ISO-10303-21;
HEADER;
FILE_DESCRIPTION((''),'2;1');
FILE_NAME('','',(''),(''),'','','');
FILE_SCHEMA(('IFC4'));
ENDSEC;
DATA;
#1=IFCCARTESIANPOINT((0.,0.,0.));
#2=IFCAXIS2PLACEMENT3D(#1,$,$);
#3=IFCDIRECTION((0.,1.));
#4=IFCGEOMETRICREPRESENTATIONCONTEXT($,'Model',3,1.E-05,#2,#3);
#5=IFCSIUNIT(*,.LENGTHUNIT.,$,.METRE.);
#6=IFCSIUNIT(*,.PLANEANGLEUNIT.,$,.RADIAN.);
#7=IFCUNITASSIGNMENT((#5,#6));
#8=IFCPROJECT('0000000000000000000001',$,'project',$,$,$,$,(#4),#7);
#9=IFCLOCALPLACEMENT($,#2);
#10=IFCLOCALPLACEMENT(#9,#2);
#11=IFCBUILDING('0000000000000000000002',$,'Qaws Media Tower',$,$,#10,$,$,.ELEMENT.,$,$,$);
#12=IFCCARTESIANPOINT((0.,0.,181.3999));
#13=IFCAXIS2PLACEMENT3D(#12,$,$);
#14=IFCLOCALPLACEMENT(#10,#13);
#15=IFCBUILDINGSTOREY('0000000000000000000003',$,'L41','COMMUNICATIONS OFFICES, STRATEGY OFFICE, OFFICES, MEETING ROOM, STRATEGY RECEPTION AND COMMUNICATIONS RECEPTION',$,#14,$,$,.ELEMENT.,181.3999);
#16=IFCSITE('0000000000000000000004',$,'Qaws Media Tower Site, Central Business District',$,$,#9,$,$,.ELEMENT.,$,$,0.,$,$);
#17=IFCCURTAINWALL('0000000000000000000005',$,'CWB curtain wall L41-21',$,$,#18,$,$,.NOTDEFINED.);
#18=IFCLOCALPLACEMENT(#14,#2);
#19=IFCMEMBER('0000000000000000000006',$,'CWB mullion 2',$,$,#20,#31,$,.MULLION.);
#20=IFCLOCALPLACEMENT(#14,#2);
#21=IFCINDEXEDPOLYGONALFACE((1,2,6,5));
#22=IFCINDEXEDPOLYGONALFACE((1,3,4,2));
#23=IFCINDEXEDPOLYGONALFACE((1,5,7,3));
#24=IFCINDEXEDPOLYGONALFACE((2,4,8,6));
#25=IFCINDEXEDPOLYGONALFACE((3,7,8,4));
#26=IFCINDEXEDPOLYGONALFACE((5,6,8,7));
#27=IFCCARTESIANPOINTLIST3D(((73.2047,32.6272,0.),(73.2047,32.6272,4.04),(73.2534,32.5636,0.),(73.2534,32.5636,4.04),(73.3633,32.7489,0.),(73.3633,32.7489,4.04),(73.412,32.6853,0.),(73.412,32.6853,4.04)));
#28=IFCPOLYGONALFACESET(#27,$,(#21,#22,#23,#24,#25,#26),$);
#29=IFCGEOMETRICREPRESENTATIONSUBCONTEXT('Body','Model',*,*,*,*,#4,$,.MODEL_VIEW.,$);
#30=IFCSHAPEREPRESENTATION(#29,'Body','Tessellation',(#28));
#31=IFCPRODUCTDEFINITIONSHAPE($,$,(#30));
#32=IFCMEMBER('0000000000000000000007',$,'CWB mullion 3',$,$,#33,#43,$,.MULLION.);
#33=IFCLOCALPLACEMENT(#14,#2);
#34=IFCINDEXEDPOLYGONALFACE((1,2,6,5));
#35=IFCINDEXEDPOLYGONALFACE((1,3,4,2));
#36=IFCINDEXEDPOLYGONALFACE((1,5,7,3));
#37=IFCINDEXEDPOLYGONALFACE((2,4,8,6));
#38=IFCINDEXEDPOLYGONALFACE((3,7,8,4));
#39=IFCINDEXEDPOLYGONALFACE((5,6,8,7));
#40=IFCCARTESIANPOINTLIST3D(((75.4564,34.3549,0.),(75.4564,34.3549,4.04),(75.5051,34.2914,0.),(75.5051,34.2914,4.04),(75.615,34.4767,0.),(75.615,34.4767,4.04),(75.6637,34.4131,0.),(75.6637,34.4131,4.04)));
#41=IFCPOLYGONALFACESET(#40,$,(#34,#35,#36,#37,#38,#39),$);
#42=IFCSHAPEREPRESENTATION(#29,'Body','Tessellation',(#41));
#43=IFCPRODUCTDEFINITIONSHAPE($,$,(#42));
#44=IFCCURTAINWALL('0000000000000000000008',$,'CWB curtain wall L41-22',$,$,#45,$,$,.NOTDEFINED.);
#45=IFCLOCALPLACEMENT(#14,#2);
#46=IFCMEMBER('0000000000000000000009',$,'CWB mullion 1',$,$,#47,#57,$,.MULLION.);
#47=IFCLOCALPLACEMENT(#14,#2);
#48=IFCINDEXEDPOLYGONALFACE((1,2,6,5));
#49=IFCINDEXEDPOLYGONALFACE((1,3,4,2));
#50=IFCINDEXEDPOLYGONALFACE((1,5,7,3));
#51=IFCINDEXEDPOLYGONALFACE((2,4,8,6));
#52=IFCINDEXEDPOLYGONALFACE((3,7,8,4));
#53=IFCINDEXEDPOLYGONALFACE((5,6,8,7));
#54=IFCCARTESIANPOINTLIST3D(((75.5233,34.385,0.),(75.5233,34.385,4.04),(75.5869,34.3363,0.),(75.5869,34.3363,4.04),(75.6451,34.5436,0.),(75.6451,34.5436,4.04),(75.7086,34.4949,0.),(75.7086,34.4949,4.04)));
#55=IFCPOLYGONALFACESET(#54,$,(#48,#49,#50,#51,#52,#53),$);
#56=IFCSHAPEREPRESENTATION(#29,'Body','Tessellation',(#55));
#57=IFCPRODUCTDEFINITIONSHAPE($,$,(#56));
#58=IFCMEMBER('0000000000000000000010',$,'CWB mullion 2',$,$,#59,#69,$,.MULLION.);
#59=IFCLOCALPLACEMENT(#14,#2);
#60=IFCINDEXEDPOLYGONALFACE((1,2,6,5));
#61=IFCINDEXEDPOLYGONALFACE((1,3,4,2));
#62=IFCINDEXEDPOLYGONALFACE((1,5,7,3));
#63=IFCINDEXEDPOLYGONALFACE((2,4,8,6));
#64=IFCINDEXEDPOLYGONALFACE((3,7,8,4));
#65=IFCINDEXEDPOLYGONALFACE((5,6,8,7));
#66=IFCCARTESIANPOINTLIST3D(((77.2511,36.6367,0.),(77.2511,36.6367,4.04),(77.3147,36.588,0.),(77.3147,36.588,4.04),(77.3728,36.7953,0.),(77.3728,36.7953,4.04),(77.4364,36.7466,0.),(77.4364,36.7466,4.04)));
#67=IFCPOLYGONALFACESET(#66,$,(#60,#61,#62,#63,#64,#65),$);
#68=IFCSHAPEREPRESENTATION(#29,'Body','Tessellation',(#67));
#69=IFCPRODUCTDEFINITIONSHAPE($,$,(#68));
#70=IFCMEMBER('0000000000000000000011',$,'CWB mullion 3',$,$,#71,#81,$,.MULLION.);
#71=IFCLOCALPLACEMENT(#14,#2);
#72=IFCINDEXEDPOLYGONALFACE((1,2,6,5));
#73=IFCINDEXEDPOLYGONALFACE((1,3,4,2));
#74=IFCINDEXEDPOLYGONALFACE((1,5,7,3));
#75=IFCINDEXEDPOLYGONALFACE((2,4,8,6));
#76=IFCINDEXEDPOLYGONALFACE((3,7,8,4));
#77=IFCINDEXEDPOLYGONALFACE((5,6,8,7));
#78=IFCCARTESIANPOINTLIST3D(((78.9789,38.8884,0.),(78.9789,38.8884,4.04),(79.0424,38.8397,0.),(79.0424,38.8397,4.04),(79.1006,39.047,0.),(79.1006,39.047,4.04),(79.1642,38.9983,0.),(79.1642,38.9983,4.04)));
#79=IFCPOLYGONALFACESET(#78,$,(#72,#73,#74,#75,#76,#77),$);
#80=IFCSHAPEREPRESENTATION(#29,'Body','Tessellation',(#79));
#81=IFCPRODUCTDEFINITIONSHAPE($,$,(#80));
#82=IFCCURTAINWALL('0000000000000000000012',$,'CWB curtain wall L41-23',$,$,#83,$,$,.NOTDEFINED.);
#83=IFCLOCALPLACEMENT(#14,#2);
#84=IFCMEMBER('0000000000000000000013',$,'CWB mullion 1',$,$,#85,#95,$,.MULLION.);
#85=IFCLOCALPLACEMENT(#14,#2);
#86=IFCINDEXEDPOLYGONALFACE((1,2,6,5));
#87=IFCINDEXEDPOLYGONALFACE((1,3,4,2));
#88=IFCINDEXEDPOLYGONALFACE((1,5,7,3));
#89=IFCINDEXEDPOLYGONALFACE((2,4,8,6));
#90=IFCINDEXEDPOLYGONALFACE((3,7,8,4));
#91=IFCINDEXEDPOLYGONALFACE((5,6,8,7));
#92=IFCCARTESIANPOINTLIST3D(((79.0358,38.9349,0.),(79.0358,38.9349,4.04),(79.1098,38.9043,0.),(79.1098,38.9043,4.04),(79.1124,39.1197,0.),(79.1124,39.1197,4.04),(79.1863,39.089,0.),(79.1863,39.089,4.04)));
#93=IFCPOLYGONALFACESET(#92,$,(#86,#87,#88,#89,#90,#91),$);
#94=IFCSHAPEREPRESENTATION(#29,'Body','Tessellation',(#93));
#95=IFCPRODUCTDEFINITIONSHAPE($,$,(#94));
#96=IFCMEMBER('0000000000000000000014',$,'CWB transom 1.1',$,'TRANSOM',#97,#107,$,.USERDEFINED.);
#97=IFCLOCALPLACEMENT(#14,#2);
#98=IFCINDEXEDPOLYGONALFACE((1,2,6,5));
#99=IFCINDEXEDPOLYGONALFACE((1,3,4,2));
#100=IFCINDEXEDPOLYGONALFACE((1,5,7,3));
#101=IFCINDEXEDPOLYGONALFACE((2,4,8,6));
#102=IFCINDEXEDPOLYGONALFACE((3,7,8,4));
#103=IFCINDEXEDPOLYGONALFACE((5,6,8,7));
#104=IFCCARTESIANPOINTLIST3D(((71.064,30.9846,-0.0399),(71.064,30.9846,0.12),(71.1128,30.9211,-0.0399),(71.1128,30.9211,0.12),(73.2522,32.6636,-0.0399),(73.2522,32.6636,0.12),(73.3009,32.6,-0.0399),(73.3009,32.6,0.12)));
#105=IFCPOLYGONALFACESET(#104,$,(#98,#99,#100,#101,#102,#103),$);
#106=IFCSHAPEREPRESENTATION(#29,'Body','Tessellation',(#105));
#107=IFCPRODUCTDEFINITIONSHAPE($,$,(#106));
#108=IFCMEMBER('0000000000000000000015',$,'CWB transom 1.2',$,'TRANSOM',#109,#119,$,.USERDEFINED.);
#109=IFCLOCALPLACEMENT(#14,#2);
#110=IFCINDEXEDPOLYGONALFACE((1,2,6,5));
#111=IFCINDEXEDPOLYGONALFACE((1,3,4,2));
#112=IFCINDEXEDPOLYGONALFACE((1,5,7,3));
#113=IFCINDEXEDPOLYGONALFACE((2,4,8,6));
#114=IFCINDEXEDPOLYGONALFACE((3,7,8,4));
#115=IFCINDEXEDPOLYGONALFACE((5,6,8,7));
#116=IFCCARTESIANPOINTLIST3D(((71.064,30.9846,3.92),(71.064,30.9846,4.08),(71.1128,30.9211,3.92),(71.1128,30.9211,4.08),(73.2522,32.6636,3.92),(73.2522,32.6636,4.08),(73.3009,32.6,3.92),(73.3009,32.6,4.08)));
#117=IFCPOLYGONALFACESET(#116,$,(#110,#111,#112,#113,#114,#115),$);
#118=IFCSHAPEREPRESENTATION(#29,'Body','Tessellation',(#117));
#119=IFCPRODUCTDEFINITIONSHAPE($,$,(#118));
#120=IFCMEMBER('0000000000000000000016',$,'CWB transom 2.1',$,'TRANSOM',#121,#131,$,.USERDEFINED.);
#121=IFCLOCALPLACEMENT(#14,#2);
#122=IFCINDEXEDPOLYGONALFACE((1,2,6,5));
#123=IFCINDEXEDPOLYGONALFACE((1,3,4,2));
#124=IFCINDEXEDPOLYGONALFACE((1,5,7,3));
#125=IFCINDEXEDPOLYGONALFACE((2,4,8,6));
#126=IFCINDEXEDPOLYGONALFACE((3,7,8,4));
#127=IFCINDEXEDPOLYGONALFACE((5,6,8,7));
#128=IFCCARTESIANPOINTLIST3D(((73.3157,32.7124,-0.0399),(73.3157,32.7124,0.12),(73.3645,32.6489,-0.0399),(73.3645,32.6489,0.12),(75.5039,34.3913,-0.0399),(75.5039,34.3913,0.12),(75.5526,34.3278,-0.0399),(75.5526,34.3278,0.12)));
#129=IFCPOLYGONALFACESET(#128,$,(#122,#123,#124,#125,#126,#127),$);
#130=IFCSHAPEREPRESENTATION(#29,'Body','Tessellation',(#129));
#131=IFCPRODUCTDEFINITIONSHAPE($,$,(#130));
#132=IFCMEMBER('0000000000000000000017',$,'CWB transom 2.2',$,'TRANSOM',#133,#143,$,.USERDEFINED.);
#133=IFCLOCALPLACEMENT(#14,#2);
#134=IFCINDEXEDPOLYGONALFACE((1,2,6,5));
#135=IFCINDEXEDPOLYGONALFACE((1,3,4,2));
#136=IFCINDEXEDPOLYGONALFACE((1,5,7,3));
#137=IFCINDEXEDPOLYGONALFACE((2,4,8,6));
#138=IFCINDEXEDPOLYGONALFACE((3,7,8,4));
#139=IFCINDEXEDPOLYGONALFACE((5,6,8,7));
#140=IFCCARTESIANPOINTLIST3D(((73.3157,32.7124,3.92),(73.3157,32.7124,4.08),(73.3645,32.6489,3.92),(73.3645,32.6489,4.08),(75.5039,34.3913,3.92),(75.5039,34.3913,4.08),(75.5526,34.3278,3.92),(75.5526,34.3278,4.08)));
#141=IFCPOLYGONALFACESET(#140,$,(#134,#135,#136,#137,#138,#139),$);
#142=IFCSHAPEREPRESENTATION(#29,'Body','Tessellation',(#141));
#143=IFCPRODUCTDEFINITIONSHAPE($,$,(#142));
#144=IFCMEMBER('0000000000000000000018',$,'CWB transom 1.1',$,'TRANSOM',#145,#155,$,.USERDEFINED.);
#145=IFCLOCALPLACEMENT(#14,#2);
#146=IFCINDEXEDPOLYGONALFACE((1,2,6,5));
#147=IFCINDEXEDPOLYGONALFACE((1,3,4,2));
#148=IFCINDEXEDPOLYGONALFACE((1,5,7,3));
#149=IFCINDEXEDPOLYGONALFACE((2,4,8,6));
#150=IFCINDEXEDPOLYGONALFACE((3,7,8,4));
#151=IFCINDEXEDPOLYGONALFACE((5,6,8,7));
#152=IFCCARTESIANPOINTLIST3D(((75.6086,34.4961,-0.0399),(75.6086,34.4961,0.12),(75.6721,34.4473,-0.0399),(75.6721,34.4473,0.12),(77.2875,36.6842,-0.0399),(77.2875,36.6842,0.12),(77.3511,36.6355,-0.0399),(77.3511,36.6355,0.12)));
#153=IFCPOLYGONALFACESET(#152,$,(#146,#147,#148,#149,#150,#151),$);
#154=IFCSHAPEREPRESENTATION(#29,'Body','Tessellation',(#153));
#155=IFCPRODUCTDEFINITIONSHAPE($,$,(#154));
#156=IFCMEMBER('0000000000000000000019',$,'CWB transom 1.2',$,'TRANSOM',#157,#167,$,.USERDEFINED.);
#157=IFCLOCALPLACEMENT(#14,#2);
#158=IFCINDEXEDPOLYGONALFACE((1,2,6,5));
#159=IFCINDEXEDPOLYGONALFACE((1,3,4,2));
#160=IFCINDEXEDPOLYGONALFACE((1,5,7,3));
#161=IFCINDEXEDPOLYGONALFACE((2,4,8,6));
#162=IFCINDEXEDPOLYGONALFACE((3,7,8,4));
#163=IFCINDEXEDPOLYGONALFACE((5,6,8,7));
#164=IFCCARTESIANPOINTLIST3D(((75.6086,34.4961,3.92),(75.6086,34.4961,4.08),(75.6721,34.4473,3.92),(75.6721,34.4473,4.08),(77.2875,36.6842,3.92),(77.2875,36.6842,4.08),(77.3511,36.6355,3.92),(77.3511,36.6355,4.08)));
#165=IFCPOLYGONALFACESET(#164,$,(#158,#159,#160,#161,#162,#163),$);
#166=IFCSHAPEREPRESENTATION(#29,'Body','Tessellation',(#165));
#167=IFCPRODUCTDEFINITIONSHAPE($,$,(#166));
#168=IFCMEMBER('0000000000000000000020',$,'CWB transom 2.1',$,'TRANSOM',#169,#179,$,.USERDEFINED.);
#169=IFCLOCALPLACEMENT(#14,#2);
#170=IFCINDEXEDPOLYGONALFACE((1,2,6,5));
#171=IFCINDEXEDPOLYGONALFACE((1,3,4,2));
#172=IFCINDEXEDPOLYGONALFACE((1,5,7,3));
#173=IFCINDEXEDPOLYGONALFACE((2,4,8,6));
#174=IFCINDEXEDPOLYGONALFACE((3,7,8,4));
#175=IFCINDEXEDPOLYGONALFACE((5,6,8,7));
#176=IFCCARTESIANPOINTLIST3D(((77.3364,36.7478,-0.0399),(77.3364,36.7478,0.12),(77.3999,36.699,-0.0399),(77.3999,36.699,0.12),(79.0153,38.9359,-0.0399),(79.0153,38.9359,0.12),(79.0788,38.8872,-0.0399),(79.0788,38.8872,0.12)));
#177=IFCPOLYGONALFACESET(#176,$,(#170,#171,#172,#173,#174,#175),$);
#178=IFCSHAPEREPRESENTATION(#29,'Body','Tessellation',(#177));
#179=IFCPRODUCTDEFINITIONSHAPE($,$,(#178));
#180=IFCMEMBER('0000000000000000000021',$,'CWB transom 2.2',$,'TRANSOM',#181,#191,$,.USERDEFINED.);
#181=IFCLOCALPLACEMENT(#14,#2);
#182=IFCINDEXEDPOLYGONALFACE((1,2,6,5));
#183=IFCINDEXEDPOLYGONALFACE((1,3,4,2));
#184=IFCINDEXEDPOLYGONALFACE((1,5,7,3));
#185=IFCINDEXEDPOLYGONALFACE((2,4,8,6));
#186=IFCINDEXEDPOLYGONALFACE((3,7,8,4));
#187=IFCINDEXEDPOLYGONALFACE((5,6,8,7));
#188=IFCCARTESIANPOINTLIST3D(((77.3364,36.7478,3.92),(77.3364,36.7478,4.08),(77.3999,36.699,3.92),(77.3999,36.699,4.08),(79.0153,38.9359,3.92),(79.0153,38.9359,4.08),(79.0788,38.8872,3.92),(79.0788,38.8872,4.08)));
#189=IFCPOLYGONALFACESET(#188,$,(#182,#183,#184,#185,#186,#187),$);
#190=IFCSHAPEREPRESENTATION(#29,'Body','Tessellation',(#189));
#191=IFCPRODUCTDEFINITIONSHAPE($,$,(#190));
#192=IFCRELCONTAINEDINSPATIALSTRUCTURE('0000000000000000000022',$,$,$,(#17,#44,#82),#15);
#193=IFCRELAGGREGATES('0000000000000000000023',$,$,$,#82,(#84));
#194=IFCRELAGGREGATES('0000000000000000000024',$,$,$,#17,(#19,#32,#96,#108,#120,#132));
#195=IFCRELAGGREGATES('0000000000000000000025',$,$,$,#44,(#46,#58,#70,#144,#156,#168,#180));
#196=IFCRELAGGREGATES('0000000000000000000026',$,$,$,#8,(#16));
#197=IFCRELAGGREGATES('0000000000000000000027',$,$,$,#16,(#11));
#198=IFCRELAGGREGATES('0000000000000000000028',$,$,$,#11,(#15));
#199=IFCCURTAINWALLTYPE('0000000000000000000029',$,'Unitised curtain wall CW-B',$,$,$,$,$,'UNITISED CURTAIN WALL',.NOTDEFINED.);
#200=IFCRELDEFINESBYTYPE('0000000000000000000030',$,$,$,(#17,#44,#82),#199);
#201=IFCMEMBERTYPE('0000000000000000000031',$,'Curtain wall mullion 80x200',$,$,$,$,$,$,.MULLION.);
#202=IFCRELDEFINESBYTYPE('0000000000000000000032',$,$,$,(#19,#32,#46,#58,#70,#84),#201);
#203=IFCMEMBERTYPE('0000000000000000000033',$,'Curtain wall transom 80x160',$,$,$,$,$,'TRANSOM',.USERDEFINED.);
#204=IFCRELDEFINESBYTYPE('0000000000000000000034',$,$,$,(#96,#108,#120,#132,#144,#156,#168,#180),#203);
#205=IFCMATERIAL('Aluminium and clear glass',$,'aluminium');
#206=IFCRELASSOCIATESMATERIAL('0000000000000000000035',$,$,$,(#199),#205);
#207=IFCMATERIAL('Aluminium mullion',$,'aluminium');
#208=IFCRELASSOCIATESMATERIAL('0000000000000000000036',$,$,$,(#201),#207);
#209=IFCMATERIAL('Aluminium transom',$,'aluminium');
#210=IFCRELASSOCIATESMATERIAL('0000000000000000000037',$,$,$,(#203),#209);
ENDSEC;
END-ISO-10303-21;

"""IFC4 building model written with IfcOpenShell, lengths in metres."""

from ifc_helpers import new_model, si_unit, direction, frame, origin, origin_2d, place, context, subcontext, project, spatial, rectangle, extrude, material, material_profile, profile_set, type_object, element, aggregate, save


model = new_model("IFC4")

# Units and contexts
model_context = context("Model", 3, precision=1e-05, world=origin(), true_north=direction((0.0, 1.0)))
body_context = subcontext(model_context, "Body", "Model", "MODEL_VIEW")
ifc_project = project(units=[si_unit("LENGTHUNIT", "METRE"), si_unit("PLANEANGLEUNIT", "RADIAN")], contexts=[model_context])

# Site, building, storey
site_placement = place(None, origin())
site = spatial("IfcSite", under=ifc_project, at=site_placement, Name="Qaws Media Tower Site, Central Business District", CompositionType="ELEMENT", RefElevation=0.0)
building_placement = place(site_placement, origin())
building = spatial("IfcBuilding", under=site, at=building_placement, Name="Qaws Media Tower", CompositionType="ELEMENT")
storey_placement = place(building_placement, frame((0.0, 0.0, 181.3999)))
storey = spatial("IfcBuildingStorey", under=building, at=storey_placement, Name="L41", Description="COMMUNICATIONS OFFICES, STRATEGY OFFICE, OFFICES, MEETING ROOM, STRATEGY RECEPTION AND COMMUNICATIONS RECEPTION", CompositionType="ELEMENT", Elevation=181.3999)

# Curtain walls, members
ifc_material_1 = material(Name="Aluminium and clear glass", Category="aluminium")
curtain_wall_type = type_object("IfcCurtainWallType", Name="Unitised curtain wall CW-B", ElementType="UNITISED CURTAIN WALL", PredefinedType="NOTDEFINED", material=ifc_material_1)
curtain_wall_1_placement = place(storey_placement, origin())
curtain_wall_1 = element("IfcCurtainWall", 1, at=curtain_wall_1_placement, inside=storey, type_object=curtain_wall_type, Name="CWB curtain wall L41-21", PredefinedType="NOTDEFINED")
ifc_material_2 = material(Name="Aluminium mullion", Category="aluminium")
ifc_material_profile_1 = material_profile(ifc_material_2, rectangle(XDim=0.0801, YDim=0.2, at=origin_2d()), Name="80x200")
ifc_profile_set_1 = profile_set([ifc_material_profile_1], Name="Aluminium mullion")
member_type_1 = type_object("IfcMemberType", Name="Curtain wall mullion 80x200", PredefinedType="MULLION", material=ifc_profile_set_1)
member_1_placement = place(storey_placement, frame((73.3083, 32.6562, 0.0), z_axis=(0.0, 0.0, 1.0), x_axis=(-0.608761, 0.793353, 0.0)))
member_1 = element("IfcMember", 2, at=member_1_placement, type_object=member_type_1, Name="CWB mullion 2", PredefinedType="MULLION", context=body_context, shape_type="SweptSolid", body=[
    extrude(rectangle(XDim=0.0801, YDim=0.2, at=origin_2d()), origin(), (0.0, 0.0, 1.0), 4.04),
])
member_2_placement = place(storey_placement, frame((75.5601, 34.384, 0.0), z_axis=(0.0, 0.0, 1.0), x_axis=(-0.608761, 0.793353, 0.0)))
member_2 = element("IfcMember", 3, at=member_2_placement, type_object=member_type_1, Name="CWB mullion 3", PredefinedType="MULLION", context=body_context, shape_type="SweptSolid", body=[
    extrude(rectangle(XDim=0.0801, YDim=0.2, at=origin_2d()), origin(), (0.0, 0.0, 1.0), 4.04),
])
curtain_wall_2_placement = place(storey_placement, origin())
curtain_wall_2 = element("IfcCurtainWall", 4, at=curtain_wall_2_placement, inside=storey, type_object=curtain_wall_type, Name="CWB curtain wall L41-22", PredefinedType="NOTDEFINED")
member_3_placement = place(storey_placement, frame((75.616, 34.4399, 0.0), z_axis=(0.0, 0.0, 1.0), x_axis=(-0.793353, 0.608761, 0.0)))
member_3 = element("IfcMember", 5, at=member_3_placement, type_object=member_type_1, Name="CWB mullion 1", PredefinedType="MULLION", context=body_context, shape_type="SweptSolid", body=[
    extrude(rectangle(XDim=0.0801, YDim=0.2, at=origin_2d()), origin(), (0.0, 0.0, 1.0), 4.04),
])
member_4_placement = place(storey_placement, frame((77.3438, 36.6917, 0.0), z_axis=(0.0, 0.0, 1.0), x_axis=(-0.793353, 0.608761, 0.0)))
member_4 = element("IfcMember", 6, at=member_4_placement, type_object=member_type_1, Name="CWB mullion 2", PredefinedType="MULLION", context=body_context, shape_type="SweptSolid", body=[
    extrude(rectangle(XDim=0.0801, YDim=0.2, at=origin_2d()), origin(), (0.0, 0.0, 1.0), 4.04),
])
member_5_placement = place(storey_placement, frame((79.0715, 38.9434, 0.0), z_axis=(0.0, 0.0, 1.0), x_axis=(-0.793353, 0.608761, 0.0)))
member_5 = element("IfcMember", 7, at=member_5_placement, type_object=member_type_1, Name="CWB mullion 3", PredefinedType="MULLION", context=body_context, shape_type="SweptSolid", body=[
    extrude(rectangle(XDim=0.0801, YDim=0.2, at=origin_2d()), origin(), (0.0, 0.0, 1.0), 4.04),
])

# Curtain wall, member
curtain_wall_3_placement = place(storey_placement, origin())
curtain_wall_3 = element("IfcCurtainWall", 8, at=curtain_wall_3_placement, inside=storey, type_object=curtain_wall_type, Name="CWB curtain wall L41-23", PredefinedType="NOTDEFINED")
member_6_placement = place(storey_placement, frame((79.1111, 39.012, 0.0), z_axis=(0.0, 0.0, 1.0), x_axis=(-0.92388, 0.382683, 0.0)))
member_6 = element("IfcMember", 9, at=member_6_placement, type_object=member_type_1, Name="CWB mullion 1", PredefinedType="MULLION", context=body_context, shape_type="SweptSolid", body=[
    extrude(rectangle(XDim=0.0801, YDim=0.2, at=origin_2d()), origin(), (0.0, 0.0, 1.0), 4.04),
])

# Members
ifc_material_3 = material(Name="Aluminium transom", Category="aluminium")
ifc_material_profile_2 = material_profile(ifc_material_3, rectangle(XDim=0.0801, YDim=0.1599, at=origin_2d()), Name="80x160")
ifc_profile_set_2 = profile_set([ifc_material_profile_2], Name="Aluminium transom")
member_type_2 = type_object("IfcMemberType", Name="Curtain wall transom 80x160", ElementType="TRANSOM", PredefinedType="USERDEFINED", material=ifc_profile_set_2)
member_7_placement = place(storey_placement, frame((71.0884, 30.9529, 0.04), z_axis=(0.793377, 0.608731, 0.0), x_axis=(-0.608731, 0.793377, 0.0)))
member_7 = element("IfcMember", 10, at=member_7_placement, type_object=member_type_2, Name="CWB transom 1.1", ObjectType="TRANSOM", PredefinedType="USERDEFINED", context=body_context, shape_type="SweptSolid", body=[
    extrude(rectangle(XDim=0.0801, YDim=0.1599, at=origin_2d()), origin(), (0.0, 0.0, 1.0), 2.7581),
])
member_8_placement = place(storey_placement, frame((71.0884, 30.9529, 4.0), z_axis=(0.793377, 0.608731, 0.0), x_axis=(-0.608731, 0.793377, 0.0)))
member_8 = element("IfcMember", 11, at=member_8_placement, type_object=member_type_2, Name="CWB transom 1.2", ObjectType="TRANSOM", PredefinedType="USERDEFINED", context=body_context, shape_type="SweptSolid", body=[
    extrude(rectangle(XDim=0.0801, YDim=0.1599, at=origin_2d()), origin(), (0.0, 0.0, 1.0), 2.7581),
])
member_9_placement = place(storey_placement, frame((73.3401, 32.6807, 0.04), z_axis=(0.793377, 0.608731, 0.0), x_axis=(-0.608731, 0.793377, 0.0)))
member_9 = element("IfcMember", 12, at=member_9_placement, type_object=member_type_2, Name="CWB transom 2.1", ObjectType="TRANSOM", PredefinedType="USERDEFINED", context=body_context, shape_type="SweptSolid", body=[
    extrude(rectangle(XDim=0.0801, YDim=0.1599, at=origin_2d()), origin(), (0.0, 0.0, 1.0), 2.7581),
])
member_10_placement = place(storey_placement, frame((73.3401, 32.6807, 4.0), z_axis=(0.793377, 0.608731, 0.0), x_axis=(-0.608731, 0.793377, 0.0)))
member_10 = element("IfcMember", 13, at=member_10_placement, type_object=member_type_2, Name="CWB transom 2.2", ObjectType="TRANSOM", PredefinedType="USERDEFINED", context=body_context, shape_type="SweptSolid", body=[
    extrude(rectangle(XDim=0.0801, YDim=0.1599, at=origin_2d()), origin(), (0.0, 0.0, 1.0), 2.7581),
])
member_11_placement = place(storey_placement, frame((75.6404, 34.4717, 0.04), z_axis=(0.608731, 0.793377, 0.0), x_axis=(-0.793377, 0.608731, 0.0)))
member_11 = element("IfcMember", 14, at=member_11_placement, type_object=member_type_2, Name="CWB transom 1.1", ObjectType="TRANSOM", PredefinedType="USERDEFINED", context=body_context, shape_type="SweptSolid", body=[
    extrude(rectangle(XDim=0.0801, YDim=0.1599, at=origin_2d()), origin(), (0.0, 0.0, 1.0), 2.7581),
])
member_12_placement = place(storey_placement, frame((75.6404, 34.4717, 4.0), z_axis=(0.608731, 0.793377, 0.0), x_axis=(-0.793377, 0.608731, 0.0)))
member_12 = element("IfcMember", 15, at=member_12_placement, type_object=member_type_2, Name="CWB transom 1.2", ObjectType="TRANSOM", PredefinedType="USERDEFINED", context=body_context, shape_type="SweptSolid", body=[
    extrude(rectangle(XDim=0.0801, YDim=0.1599, at=origin_2d()), origin(), (0.0, 0.0, 1.0), 2.7581),
])
member_13_placement = place(storey_placement, frame((77.3682, 36.7234, 0.04), z_axis=(0.608731, 0.793377, 0.0), x_axis=(-0.793377, 0.608731, 0.0)))
member_13 = element("IfcMember", 16, at=member_13_placement, type_object=member_type_2, Name="CWB transom 2.1", ObjectType="TRANSOM", PredefinedType="USERDEFINED", context=body_context, shape_type="SweptSolid", body=[
    extrude(rectangle(XDim=0.0801, YDim=0.1599, at=origin_2d()), origin(), (0.0, 0.0, 1.0), 2.7581),
])
member_14_placement = place(storey_placement, frame((77.3682, 36.7234, 4.0), z_axis=(0.608731, 0.793377, 0.0), x_axis=(-0.793377, 0.608731, 0.0)))
member_14 = element("IfcMember", 17, at=member_14_placement, type_object=member_type_2, Name="CWB transom 2.2", ObjectType="TRANSOM", PredefinedType="USERDEFINED", context=body_context, shape_type="SweptSolid", body=[
    extrude(rectangle(XDim=0.0801, YDim=0.1599, at=origin_2d()), origin(), (0.0, 0.0, 1.0), 2.7581),
])
aggregate(curtain_wall_3, [member_6])

aggregate(curtain_wall_1, [member_1, member_2, member_7, member_8, member_9, member_10])
aggregate(curtain_wall_2, [member_3, member_4, member_5, member_11, member_12, member_13, member_14])

save(model, "model.ifc")
